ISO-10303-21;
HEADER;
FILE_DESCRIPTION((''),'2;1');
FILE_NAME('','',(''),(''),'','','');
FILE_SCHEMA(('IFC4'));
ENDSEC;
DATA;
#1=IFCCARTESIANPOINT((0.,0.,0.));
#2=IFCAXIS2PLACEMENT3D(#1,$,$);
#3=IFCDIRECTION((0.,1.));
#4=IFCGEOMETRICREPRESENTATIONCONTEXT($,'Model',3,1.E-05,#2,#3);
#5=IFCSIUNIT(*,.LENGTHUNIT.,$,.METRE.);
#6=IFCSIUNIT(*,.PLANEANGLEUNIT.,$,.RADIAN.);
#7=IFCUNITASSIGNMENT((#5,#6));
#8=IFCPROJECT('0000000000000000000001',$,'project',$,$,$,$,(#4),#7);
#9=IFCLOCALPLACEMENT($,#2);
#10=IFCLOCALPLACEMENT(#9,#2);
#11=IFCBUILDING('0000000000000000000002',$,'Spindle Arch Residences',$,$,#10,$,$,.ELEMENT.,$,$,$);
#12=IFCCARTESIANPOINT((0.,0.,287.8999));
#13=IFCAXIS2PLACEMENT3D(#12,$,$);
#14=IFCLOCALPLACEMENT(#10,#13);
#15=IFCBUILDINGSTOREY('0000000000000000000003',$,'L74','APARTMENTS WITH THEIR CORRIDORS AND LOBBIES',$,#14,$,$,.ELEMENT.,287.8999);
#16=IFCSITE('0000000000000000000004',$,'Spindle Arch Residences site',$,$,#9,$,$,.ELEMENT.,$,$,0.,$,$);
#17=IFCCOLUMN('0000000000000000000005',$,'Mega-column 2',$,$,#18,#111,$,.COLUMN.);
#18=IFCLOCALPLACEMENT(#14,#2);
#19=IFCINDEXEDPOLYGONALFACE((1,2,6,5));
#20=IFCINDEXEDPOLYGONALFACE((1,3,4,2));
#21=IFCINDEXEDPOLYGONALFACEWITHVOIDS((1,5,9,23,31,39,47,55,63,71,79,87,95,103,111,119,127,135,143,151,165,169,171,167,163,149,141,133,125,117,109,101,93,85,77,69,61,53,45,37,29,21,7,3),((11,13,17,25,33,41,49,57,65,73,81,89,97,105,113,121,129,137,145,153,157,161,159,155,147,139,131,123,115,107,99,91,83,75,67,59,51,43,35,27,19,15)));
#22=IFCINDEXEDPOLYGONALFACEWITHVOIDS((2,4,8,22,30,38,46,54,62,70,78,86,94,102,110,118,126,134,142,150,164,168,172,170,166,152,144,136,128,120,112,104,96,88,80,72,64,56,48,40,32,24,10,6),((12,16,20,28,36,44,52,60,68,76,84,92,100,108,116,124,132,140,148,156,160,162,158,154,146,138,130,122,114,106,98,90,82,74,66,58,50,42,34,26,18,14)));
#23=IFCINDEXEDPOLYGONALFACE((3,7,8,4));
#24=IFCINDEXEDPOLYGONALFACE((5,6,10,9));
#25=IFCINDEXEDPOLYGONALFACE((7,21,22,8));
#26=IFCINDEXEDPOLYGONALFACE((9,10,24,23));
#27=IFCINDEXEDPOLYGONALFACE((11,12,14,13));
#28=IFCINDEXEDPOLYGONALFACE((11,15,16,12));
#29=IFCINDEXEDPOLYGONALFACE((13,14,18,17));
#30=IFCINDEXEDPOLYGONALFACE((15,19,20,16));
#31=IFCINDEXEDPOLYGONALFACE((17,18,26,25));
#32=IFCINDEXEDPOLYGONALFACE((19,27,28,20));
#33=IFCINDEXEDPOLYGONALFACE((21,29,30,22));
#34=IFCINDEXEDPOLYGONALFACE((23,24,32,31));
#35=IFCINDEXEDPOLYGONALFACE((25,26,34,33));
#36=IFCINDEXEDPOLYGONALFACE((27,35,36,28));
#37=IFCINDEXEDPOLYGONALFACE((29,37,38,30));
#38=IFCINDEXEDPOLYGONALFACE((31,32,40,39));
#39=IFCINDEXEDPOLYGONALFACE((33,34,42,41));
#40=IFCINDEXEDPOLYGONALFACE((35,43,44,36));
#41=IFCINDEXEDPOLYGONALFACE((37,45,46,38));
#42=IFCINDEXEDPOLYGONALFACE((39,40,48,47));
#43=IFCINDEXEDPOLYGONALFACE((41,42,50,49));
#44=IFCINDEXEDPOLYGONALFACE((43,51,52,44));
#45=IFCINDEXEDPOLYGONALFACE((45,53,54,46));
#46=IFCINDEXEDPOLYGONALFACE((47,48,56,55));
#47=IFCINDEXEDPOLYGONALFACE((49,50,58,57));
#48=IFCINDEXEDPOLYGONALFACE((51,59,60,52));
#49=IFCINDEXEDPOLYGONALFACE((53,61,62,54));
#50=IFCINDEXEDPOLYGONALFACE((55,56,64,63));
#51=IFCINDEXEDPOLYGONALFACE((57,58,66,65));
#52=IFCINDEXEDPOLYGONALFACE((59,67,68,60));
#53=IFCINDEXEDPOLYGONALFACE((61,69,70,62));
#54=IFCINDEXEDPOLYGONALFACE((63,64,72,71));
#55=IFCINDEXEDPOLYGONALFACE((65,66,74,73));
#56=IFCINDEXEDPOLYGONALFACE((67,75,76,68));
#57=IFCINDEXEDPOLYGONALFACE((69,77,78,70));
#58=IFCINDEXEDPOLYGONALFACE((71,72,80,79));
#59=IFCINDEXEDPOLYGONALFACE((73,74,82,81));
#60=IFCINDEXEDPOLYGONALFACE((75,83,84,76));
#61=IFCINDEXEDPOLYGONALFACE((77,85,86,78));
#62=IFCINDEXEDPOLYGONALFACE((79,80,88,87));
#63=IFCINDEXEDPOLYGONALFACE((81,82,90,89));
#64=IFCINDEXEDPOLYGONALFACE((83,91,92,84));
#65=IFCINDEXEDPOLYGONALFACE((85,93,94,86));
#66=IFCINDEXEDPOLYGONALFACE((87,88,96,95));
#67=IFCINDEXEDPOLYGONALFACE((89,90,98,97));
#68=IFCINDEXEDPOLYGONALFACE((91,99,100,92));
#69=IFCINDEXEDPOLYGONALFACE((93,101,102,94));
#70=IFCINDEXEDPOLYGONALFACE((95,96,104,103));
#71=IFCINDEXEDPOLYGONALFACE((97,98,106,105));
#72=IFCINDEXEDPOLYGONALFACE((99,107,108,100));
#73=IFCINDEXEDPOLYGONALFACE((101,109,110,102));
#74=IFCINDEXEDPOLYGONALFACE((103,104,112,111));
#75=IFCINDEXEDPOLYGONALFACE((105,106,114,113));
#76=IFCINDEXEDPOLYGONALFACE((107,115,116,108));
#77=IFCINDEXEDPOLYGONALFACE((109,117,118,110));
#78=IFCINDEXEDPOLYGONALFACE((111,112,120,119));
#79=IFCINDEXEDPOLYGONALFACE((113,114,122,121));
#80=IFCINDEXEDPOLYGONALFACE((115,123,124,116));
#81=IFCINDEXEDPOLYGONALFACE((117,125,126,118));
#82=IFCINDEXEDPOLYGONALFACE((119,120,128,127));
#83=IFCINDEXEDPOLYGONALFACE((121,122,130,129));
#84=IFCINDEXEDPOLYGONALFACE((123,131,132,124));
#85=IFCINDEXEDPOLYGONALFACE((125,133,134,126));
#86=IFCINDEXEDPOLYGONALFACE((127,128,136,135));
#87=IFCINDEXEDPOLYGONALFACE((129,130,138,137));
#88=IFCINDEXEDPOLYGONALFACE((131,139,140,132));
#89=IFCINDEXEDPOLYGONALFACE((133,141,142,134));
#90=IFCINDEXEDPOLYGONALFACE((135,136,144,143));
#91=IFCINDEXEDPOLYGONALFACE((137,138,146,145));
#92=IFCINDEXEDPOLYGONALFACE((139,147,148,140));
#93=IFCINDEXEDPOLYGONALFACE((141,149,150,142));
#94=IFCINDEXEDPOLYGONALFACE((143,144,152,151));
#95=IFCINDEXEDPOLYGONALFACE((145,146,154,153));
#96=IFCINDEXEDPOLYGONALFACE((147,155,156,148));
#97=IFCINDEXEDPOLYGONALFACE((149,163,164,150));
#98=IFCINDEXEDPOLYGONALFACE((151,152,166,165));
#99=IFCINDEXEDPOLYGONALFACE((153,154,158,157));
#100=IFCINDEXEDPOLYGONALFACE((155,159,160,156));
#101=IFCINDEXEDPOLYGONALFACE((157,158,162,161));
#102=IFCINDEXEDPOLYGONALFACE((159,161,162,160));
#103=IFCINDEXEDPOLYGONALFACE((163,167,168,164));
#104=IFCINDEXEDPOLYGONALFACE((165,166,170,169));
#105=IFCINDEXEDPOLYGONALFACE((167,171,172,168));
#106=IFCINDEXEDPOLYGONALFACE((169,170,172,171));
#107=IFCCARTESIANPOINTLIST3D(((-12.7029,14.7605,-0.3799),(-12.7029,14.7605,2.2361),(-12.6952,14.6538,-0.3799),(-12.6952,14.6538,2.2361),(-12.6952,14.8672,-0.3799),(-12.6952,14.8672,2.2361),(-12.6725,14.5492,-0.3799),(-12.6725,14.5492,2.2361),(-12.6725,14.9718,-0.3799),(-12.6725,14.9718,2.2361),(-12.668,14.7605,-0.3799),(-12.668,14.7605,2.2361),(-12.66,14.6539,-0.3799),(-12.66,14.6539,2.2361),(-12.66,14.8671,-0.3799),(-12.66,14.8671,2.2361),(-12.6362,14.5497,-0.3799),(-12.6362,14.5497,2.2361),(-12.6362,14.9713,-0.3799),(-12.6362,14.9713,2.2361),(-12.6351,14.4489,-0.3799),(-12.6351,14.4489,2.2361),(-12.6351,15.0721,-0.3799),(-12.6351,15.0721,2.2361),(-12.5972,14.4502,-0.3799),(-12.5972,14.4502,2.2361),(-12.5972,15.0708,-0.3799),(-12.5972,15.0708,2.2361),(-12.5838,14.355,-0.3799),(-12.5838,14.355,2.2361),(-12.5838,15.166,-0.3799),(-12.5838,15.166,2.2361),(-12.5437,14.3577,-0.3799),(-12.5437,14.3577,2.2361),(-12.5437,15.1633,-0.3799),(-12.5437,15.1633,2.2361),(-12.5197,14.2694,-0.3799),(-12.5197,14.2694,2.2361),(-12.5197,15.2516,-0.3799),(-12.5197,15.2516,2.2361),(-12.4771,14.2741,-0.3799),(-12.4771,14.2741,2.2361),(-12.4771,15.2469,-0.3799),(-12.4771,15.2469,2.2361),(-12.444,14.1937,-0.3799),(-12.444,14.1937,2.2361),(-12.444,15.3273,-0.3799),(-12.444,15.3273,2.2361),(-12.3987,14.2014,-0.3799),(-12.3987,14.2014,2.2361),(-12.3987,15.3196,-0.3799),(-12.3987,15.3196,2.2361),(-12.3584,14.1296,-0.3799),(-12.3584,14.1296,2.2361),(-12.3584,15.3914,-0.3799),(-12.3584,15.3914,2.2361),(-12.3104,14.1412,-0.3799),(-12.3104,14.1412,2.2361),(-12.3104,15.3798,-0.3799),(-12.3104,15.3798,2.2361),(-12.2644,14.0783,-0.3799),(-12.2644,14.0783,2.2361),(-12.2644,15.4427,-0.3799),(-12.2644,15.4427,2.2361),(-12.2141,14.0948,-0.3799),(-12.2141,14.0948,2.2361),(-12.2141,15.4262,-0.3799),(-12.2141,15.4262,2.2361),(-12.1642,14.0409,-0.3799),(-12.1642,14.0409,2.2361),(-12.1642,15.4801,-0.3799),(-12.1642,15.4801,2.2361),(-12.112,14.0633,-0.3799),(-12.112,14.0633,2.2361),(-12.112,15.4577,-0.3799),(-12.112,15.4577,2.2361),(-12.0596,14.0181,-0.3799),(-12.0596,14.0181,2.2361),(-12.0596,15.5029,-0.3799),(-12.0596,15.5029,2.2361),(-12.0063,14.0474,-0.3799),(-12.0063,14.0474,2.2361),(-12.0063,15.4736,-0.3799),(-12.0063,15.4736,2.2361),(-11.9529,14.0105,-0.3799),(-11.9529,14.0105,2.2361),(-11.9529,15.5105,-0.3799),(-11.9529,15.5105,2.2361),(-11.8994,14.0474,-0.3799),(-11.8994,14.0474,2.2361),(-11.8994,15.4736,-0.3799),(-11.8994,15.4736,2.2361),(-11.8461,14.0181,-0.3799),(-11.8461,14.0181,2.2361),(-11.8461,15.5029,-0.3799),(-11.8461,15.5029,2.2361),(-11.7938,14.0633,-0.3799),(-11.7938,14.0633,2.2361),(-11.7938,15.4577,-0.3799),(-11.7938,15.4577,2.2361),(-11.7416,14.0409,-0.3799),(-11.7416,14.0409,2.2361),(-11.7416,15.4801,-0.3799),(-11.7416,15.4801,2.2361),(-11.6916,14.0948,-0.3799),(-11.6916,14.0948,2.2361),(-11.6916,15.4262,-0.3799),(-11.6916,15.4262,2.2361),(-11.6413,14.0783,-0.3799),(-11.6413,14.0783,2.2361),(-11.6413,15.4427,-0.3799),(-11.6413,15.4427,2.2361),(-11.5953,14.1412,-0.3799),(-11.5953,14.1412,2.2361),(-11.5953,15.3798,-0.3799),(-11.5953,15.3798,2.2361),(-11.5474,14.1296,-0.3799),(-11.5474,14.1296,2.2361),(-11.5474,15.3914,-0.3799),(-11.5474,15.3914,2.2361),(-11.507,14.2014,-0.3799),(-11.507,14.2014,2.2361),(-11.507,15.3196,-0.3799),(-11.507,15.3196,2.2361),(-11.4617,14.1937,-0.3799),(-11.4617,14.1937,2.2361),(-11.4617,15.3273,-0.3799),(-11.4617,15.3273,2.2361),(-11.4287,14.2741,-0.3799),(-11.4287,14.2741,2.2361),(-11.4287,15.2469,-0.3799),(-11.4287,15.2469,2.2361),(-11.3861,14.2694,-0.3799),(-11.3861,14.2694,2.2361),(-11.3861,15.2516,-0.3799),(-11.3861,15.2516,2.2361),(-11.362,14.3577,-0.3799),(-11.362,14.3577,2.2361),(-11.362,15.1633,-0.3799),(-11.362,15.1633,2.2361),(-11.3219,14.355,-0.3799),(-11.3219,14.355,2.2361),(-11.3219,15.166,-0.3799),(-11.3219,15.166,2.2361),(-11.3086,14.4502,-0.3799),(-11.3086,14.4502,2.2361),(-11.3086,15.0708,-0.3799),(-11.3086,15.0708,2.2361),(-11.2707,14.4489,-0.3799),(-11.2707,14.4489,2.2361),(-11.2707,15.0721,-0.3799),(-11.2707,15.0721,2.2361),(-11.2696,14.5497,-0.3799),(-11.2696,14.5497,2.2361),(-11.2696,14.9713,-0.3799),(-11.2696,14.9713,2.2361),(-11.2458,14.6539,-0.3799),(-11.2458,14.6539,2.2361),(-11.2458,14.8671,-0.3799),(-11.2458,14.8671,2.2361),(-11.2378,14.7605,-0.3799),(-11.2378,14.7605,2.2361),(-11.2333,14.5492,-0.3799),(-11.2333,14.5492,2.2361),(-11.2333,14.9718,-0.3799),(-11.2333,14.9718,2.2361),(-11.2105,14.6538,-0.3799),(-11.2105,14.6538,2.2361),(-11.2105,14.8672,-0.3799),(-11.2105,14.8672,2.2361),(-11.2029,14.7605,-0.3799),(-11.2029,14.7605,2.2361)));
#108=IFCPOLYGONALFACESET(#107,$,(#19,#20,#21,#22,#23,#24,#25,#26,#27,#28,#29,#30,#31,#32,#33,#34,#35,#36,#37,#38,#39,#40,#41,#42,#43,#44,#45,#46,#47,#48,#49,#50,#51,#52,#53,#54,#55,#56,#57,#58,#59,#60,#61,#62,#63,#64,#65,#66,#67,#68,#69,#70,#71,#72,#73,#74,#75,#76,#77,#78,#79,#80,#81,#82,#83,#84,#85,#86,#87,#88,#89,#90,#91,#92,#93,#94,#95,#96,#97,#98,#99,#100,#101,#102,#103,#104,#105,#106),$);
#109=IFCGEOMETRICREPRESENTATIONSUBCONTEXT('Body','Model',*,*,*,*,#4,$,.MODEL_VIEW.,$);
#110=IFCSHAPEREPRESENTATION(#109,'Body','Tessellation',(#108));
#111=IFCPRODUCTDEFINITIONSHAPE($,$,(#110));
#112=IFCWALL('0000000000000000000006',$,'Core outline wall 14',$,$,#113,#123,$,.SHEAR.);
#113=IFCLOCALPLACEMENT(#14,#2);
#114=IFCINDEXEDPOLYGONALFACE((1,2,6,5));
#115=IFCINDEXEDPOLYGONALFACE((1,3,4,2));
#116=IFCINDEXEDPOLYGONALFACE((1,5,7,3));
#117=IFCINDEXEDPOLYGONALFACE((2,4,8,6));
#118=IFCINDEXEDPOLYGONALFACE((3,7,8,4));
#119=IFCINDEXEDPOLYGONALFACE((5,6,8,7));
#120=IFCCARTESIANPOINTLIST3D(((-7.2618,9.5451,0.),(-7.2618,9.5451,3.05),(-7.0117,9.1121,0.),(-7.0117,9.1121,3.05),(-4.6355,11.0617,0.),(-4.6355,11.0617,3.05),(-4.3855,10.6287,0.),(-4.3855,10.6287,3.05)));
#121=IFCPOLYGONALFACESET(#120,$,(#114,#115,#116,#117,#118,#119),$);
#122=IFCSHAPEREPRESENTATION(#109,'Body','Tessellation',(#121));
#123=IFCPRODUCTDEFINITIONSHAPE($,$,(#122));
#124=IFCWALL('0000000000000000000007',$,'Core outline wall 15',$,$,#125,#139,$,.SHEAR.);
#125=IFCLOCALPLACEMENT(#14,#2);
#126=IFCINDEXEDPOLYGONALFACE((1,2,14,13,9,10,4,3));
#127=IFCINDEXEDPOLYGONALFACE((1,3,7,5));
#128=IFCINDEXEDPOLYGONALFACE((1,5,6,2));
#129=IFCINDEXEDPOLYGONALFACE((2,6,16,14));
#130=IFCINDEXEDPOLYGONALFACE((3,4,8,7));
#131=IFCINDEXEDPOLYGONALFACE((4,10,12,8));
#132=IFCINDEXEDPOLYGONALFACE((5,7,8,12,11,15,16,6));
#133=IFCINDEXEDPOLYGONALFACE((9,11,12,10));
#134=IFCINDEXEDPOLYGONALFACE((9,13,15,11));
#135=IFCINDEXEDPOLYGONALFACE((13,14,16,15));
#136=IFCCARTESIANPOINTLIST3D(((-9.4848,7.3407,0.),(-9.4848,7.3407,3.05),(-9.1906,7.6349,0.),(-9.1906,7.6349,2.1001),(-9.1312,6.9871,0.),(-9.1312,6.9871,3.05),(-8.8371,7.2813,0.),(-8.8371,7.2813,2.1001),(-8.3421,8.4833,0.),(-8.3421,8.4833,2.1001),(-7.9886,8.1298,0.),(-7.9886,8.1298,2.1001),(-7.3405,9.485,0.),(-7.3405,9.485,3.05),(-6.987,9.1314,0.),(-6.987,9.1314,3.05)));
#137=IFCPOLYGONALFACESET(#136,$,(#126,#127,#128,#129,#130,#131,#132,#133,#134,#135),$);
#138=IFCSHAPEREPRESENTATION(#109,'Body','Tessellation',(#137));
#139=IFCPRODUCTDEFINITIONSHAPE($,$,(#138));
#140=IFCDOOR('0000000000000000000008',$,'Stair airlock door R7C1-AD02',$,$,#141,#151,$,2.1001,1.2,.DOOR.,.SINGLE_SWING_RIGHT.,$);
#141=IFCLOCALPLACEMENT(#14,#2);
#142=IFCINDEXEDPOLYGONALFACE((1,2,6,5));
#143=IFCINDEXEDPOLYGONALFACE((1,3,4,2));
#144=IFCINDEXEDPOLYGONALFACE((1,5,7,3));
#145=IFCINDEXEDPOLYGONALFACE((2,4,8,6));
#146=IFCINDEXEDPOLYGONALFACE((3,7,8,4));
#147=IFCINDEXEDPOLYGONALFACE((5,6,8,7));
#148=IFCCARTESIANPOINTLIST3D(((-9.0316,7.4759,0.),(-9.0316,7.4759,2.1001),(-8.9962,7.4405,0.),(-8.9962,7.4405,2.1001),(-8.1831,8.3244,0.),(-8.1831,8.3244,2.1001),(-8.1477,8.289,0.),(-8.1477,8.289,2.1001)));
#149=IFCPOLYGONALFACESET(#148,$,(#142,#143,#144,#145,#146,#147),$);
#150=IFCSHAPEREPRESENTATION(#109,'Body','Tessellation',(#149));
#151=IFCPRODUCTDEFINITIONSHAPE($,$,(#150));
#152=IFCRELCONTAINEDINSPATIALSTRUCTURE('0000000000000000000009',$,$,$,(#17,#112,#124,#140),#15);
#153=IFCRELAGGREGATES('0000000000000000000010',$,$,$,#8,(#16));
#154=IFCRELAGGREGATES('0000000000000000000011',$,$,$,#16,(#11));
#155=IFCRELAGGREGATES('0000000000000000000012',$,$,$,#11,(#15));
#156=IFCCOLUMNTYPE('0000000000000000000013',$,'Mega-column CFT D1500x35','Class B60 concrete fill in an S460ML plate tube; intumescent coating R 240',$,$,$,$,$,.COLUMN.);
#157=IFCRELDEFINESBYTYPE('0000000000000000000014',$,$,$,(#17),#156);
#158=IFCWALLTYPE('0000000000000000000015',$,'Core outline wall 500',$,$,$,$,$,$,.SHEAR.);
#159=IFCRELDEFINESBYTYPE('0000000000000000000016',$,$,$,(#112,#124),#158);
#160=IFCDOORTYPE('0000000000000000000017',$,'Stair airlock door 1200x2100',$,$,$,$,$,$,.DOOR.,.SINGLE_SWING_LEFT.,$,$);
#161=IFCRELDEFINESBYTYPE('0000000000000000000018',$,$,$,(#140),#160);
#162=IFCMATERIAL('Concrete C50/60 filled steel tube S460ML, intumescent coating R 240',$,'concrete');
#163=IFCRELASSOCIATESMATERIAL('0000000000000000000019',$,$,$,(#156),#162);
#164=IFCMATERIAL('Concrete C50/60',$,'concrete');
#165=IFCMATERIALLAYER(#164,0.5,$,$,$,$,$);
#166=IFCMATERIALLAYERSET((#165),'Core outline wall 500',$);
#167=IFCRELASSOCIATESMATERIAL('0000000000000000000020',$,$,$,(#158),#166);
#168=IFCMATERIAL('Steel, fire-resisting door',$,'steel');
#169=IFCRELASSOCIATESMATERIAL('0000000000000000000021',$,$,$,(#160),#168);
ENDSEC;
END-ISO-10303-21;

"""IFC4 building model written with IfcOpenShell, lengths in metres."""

from ifc_helpers import new_model, si_unit, direction, frame, frame_2d, origin, origin_2d, place, context, subcontext, project, spatial, rectangle, hollow_circle, extrude, material, layer, layer_set, material_profile, profile_set, type_object, element, fill, save


model = new_model("IFC4")

# Units and contexts
model_context = context("Model", 3, precision=1e-05, world=origin(), true_north=direction((0.0, 1.0)))
body_context = subcontext(model_context, "Body", "Model", "MODEL_VIEW")
ifc_project = project(units=[si_unit("LENGTHUNIT", "METRE"), si_unit("PLANEANGLEUNIT", "RADIAN")], contexts=[model_context])

# Site, building, storey
site_placement = place(None, origin())
site = spatial("IfcSite", under=ifc_project, at=site_placement, Name="Spindle Arch Residences site", CompositionType="ELEMENT", RefElevation=0.0)
building_placement = place(site_placement, origin())
building = spatial("IfcBuilding", under=site, at=building_placement, Name="Spindle Arch Residences", CompositionType="ELEMENT")
storey_placement = place(building_placement, frame((0.0, 0.0, 287.8999)))
storey = spatial("IfcBuildingStorey", under=building, at=storey_placement, Name="L74", Description="APARTMENTS WITH THEIR CORRIDORS AND LOBBIES", CompositionType="ELEMENT", Elevation=287.8999)

# Column
ifc_material_1 = material(Name="Concrete C50/60 filled steel tube S460ML, intumescent coating R 240", Category="concrete")
ifc_material_profile = material_profile(ifc_material_1, hollow_circle(Radius=0.75, WallThickness=0.0349, at=origin_2d()), Name="CFT D1500x35")
ifc_profile_set = profile_set([ifc_material_profile], Name="Concrete C50/60 filled steel tube S460ML, intumescent coating R 240")
column_type = type_object("IfcColumnType", Name="Mega-column CFT D1500x35", Description="Class B60 concrete fill in an S460ML plate tube; intumescent coating R 240", PredefinedType="COLUMN", material=ifc_profile_set)
column_placement = place(storey_placement, frame((-11.9529, 14.7605, -0.3799), z_axis=(0.0, 0.0, 1.0), x_axis=(1.0, 0.0, 0.0)))
element("IfcColumn", 1, at=column_placement, inside=storey, type_object=column_type, Name="Mega-column 2", PredefinedType="COLUMN", context=body_context, shape_type="SweptSolid", body=[
    extrude(hollow_circle(Radius=0.75, WallThickness=0.0349, at=origin_2d()), origin(), (0.0, 0.0, 1.0), 2.616),
])

# Wall
ifc_material_2 = material(Name="Concrete C50/60", Category="concrete")
ifc_layer_1 = layer(ifc_material_2, 0.5)
ifc_layer_set_1 = layer_set([ifc_layer_1], Name="Core outline wall 500")
wall_type_1 = type_object("IfcWallType", Name="Core outline wall 500", PredefinedType="SHEAR", material=ifc_layer_set_1)
wall_1_placement = place(storey_placement, frame((-4.5105, 10.8452, 0.0), z_axis=(0.0, 0.0, 1.0), x_axis=(-0.865975, -0.500087, 0.0)))
element("IfcWall", 2, at=wall_1_placement, inside=storey, type_object=wall_type_1, Name="Core outline wall 14", PredefinedType="SHEAR", context=body_context, shape_type="SweptSolid", body=[
    extrude(rectangle(XDim=3.0327, YDim=0.5, at=frame_2d((1.5164, 0.0))), origin(), (0.0, 0.0, 1.0), 3.05),
])

# Wall, opening, door
wall_2_placement = place(storey_placement, frame((-7.1638, 9.3081, 0.0), z_axis=(0.0, 0.0, 1.0), x_axis=(-0.707107, -0.707107, 0.0)))
wall_2 = element("IfcWall", 3, at=wall_2_placement, inside=storey, type_object=wall_type_1, Name="Core outline wall 15", PredefinedType="SHEAR", context=body_context, shape_type="SweptSolid", body=[
    extrude(rectangle(XDim=3.0325, YDim=0.5, at=frame_2d((1.5161, 0.0))), origin(), (0.0, 0.0, 1.0), 3.05),
])
opening_1_placement = place(wall_2_placement, frame((1.4163, 0.0, 0.0)))
opening_1 = element("IfcOpeningElement", 4, at=opening_1_placement, cuts=wall_2, PredefinedType="OPENING", context=body_context, shape_type="SweptSolid", body=[
    extrude(rectangle(XDim=1.2, YDim=2.1001, at=frame_2d((0.6001, 1.05))), frame((0.0, 0.26, 0.0), z_axis=(0.0, -1.0, 0.0), x_axis=(1.0, 0.0, 0.0)), (0.0, 0.0, 1.0), 0.52),
])
ifc_material_3 = material(Name="Steel, fire-resisting door", Category="steel")
door_type_1 = type_object("IfcDoorType", Name="Stair airlock door 1200x2100", OperationType="SINGLE_SWING_LEFT", PredefinedType="DOOR", material=ifc_material_3)
door_1_placement = place(opening_1_placement, origin())
door_1 = element("IfcDoor", 5, at=door_1_placement, inside=storey, type_object=door_type_1, Name="Stair airlock door R7C1-AD02", OperationType="SINGLE_SWING_RIGHT", OverallHeight=2.1001, OverallWidth=1.2, PredefinedType="DOOR", context=body_context, shape_type="SweptSolid", body=[
    extrude(rectangle(XDim=1.2, YDim=2.1001, at=frame_2d((0.6001, 1.05))), frame((0.0, 0.0249, 0.0), z_axis=(0.0, -1.0, 0.0), x_axis=(1.0, 0.0, 0.0)), (0.0, 0.0, 1.0), 0.05),
])
fill(opening_1, door_1)

save(model, "model.ifc")
